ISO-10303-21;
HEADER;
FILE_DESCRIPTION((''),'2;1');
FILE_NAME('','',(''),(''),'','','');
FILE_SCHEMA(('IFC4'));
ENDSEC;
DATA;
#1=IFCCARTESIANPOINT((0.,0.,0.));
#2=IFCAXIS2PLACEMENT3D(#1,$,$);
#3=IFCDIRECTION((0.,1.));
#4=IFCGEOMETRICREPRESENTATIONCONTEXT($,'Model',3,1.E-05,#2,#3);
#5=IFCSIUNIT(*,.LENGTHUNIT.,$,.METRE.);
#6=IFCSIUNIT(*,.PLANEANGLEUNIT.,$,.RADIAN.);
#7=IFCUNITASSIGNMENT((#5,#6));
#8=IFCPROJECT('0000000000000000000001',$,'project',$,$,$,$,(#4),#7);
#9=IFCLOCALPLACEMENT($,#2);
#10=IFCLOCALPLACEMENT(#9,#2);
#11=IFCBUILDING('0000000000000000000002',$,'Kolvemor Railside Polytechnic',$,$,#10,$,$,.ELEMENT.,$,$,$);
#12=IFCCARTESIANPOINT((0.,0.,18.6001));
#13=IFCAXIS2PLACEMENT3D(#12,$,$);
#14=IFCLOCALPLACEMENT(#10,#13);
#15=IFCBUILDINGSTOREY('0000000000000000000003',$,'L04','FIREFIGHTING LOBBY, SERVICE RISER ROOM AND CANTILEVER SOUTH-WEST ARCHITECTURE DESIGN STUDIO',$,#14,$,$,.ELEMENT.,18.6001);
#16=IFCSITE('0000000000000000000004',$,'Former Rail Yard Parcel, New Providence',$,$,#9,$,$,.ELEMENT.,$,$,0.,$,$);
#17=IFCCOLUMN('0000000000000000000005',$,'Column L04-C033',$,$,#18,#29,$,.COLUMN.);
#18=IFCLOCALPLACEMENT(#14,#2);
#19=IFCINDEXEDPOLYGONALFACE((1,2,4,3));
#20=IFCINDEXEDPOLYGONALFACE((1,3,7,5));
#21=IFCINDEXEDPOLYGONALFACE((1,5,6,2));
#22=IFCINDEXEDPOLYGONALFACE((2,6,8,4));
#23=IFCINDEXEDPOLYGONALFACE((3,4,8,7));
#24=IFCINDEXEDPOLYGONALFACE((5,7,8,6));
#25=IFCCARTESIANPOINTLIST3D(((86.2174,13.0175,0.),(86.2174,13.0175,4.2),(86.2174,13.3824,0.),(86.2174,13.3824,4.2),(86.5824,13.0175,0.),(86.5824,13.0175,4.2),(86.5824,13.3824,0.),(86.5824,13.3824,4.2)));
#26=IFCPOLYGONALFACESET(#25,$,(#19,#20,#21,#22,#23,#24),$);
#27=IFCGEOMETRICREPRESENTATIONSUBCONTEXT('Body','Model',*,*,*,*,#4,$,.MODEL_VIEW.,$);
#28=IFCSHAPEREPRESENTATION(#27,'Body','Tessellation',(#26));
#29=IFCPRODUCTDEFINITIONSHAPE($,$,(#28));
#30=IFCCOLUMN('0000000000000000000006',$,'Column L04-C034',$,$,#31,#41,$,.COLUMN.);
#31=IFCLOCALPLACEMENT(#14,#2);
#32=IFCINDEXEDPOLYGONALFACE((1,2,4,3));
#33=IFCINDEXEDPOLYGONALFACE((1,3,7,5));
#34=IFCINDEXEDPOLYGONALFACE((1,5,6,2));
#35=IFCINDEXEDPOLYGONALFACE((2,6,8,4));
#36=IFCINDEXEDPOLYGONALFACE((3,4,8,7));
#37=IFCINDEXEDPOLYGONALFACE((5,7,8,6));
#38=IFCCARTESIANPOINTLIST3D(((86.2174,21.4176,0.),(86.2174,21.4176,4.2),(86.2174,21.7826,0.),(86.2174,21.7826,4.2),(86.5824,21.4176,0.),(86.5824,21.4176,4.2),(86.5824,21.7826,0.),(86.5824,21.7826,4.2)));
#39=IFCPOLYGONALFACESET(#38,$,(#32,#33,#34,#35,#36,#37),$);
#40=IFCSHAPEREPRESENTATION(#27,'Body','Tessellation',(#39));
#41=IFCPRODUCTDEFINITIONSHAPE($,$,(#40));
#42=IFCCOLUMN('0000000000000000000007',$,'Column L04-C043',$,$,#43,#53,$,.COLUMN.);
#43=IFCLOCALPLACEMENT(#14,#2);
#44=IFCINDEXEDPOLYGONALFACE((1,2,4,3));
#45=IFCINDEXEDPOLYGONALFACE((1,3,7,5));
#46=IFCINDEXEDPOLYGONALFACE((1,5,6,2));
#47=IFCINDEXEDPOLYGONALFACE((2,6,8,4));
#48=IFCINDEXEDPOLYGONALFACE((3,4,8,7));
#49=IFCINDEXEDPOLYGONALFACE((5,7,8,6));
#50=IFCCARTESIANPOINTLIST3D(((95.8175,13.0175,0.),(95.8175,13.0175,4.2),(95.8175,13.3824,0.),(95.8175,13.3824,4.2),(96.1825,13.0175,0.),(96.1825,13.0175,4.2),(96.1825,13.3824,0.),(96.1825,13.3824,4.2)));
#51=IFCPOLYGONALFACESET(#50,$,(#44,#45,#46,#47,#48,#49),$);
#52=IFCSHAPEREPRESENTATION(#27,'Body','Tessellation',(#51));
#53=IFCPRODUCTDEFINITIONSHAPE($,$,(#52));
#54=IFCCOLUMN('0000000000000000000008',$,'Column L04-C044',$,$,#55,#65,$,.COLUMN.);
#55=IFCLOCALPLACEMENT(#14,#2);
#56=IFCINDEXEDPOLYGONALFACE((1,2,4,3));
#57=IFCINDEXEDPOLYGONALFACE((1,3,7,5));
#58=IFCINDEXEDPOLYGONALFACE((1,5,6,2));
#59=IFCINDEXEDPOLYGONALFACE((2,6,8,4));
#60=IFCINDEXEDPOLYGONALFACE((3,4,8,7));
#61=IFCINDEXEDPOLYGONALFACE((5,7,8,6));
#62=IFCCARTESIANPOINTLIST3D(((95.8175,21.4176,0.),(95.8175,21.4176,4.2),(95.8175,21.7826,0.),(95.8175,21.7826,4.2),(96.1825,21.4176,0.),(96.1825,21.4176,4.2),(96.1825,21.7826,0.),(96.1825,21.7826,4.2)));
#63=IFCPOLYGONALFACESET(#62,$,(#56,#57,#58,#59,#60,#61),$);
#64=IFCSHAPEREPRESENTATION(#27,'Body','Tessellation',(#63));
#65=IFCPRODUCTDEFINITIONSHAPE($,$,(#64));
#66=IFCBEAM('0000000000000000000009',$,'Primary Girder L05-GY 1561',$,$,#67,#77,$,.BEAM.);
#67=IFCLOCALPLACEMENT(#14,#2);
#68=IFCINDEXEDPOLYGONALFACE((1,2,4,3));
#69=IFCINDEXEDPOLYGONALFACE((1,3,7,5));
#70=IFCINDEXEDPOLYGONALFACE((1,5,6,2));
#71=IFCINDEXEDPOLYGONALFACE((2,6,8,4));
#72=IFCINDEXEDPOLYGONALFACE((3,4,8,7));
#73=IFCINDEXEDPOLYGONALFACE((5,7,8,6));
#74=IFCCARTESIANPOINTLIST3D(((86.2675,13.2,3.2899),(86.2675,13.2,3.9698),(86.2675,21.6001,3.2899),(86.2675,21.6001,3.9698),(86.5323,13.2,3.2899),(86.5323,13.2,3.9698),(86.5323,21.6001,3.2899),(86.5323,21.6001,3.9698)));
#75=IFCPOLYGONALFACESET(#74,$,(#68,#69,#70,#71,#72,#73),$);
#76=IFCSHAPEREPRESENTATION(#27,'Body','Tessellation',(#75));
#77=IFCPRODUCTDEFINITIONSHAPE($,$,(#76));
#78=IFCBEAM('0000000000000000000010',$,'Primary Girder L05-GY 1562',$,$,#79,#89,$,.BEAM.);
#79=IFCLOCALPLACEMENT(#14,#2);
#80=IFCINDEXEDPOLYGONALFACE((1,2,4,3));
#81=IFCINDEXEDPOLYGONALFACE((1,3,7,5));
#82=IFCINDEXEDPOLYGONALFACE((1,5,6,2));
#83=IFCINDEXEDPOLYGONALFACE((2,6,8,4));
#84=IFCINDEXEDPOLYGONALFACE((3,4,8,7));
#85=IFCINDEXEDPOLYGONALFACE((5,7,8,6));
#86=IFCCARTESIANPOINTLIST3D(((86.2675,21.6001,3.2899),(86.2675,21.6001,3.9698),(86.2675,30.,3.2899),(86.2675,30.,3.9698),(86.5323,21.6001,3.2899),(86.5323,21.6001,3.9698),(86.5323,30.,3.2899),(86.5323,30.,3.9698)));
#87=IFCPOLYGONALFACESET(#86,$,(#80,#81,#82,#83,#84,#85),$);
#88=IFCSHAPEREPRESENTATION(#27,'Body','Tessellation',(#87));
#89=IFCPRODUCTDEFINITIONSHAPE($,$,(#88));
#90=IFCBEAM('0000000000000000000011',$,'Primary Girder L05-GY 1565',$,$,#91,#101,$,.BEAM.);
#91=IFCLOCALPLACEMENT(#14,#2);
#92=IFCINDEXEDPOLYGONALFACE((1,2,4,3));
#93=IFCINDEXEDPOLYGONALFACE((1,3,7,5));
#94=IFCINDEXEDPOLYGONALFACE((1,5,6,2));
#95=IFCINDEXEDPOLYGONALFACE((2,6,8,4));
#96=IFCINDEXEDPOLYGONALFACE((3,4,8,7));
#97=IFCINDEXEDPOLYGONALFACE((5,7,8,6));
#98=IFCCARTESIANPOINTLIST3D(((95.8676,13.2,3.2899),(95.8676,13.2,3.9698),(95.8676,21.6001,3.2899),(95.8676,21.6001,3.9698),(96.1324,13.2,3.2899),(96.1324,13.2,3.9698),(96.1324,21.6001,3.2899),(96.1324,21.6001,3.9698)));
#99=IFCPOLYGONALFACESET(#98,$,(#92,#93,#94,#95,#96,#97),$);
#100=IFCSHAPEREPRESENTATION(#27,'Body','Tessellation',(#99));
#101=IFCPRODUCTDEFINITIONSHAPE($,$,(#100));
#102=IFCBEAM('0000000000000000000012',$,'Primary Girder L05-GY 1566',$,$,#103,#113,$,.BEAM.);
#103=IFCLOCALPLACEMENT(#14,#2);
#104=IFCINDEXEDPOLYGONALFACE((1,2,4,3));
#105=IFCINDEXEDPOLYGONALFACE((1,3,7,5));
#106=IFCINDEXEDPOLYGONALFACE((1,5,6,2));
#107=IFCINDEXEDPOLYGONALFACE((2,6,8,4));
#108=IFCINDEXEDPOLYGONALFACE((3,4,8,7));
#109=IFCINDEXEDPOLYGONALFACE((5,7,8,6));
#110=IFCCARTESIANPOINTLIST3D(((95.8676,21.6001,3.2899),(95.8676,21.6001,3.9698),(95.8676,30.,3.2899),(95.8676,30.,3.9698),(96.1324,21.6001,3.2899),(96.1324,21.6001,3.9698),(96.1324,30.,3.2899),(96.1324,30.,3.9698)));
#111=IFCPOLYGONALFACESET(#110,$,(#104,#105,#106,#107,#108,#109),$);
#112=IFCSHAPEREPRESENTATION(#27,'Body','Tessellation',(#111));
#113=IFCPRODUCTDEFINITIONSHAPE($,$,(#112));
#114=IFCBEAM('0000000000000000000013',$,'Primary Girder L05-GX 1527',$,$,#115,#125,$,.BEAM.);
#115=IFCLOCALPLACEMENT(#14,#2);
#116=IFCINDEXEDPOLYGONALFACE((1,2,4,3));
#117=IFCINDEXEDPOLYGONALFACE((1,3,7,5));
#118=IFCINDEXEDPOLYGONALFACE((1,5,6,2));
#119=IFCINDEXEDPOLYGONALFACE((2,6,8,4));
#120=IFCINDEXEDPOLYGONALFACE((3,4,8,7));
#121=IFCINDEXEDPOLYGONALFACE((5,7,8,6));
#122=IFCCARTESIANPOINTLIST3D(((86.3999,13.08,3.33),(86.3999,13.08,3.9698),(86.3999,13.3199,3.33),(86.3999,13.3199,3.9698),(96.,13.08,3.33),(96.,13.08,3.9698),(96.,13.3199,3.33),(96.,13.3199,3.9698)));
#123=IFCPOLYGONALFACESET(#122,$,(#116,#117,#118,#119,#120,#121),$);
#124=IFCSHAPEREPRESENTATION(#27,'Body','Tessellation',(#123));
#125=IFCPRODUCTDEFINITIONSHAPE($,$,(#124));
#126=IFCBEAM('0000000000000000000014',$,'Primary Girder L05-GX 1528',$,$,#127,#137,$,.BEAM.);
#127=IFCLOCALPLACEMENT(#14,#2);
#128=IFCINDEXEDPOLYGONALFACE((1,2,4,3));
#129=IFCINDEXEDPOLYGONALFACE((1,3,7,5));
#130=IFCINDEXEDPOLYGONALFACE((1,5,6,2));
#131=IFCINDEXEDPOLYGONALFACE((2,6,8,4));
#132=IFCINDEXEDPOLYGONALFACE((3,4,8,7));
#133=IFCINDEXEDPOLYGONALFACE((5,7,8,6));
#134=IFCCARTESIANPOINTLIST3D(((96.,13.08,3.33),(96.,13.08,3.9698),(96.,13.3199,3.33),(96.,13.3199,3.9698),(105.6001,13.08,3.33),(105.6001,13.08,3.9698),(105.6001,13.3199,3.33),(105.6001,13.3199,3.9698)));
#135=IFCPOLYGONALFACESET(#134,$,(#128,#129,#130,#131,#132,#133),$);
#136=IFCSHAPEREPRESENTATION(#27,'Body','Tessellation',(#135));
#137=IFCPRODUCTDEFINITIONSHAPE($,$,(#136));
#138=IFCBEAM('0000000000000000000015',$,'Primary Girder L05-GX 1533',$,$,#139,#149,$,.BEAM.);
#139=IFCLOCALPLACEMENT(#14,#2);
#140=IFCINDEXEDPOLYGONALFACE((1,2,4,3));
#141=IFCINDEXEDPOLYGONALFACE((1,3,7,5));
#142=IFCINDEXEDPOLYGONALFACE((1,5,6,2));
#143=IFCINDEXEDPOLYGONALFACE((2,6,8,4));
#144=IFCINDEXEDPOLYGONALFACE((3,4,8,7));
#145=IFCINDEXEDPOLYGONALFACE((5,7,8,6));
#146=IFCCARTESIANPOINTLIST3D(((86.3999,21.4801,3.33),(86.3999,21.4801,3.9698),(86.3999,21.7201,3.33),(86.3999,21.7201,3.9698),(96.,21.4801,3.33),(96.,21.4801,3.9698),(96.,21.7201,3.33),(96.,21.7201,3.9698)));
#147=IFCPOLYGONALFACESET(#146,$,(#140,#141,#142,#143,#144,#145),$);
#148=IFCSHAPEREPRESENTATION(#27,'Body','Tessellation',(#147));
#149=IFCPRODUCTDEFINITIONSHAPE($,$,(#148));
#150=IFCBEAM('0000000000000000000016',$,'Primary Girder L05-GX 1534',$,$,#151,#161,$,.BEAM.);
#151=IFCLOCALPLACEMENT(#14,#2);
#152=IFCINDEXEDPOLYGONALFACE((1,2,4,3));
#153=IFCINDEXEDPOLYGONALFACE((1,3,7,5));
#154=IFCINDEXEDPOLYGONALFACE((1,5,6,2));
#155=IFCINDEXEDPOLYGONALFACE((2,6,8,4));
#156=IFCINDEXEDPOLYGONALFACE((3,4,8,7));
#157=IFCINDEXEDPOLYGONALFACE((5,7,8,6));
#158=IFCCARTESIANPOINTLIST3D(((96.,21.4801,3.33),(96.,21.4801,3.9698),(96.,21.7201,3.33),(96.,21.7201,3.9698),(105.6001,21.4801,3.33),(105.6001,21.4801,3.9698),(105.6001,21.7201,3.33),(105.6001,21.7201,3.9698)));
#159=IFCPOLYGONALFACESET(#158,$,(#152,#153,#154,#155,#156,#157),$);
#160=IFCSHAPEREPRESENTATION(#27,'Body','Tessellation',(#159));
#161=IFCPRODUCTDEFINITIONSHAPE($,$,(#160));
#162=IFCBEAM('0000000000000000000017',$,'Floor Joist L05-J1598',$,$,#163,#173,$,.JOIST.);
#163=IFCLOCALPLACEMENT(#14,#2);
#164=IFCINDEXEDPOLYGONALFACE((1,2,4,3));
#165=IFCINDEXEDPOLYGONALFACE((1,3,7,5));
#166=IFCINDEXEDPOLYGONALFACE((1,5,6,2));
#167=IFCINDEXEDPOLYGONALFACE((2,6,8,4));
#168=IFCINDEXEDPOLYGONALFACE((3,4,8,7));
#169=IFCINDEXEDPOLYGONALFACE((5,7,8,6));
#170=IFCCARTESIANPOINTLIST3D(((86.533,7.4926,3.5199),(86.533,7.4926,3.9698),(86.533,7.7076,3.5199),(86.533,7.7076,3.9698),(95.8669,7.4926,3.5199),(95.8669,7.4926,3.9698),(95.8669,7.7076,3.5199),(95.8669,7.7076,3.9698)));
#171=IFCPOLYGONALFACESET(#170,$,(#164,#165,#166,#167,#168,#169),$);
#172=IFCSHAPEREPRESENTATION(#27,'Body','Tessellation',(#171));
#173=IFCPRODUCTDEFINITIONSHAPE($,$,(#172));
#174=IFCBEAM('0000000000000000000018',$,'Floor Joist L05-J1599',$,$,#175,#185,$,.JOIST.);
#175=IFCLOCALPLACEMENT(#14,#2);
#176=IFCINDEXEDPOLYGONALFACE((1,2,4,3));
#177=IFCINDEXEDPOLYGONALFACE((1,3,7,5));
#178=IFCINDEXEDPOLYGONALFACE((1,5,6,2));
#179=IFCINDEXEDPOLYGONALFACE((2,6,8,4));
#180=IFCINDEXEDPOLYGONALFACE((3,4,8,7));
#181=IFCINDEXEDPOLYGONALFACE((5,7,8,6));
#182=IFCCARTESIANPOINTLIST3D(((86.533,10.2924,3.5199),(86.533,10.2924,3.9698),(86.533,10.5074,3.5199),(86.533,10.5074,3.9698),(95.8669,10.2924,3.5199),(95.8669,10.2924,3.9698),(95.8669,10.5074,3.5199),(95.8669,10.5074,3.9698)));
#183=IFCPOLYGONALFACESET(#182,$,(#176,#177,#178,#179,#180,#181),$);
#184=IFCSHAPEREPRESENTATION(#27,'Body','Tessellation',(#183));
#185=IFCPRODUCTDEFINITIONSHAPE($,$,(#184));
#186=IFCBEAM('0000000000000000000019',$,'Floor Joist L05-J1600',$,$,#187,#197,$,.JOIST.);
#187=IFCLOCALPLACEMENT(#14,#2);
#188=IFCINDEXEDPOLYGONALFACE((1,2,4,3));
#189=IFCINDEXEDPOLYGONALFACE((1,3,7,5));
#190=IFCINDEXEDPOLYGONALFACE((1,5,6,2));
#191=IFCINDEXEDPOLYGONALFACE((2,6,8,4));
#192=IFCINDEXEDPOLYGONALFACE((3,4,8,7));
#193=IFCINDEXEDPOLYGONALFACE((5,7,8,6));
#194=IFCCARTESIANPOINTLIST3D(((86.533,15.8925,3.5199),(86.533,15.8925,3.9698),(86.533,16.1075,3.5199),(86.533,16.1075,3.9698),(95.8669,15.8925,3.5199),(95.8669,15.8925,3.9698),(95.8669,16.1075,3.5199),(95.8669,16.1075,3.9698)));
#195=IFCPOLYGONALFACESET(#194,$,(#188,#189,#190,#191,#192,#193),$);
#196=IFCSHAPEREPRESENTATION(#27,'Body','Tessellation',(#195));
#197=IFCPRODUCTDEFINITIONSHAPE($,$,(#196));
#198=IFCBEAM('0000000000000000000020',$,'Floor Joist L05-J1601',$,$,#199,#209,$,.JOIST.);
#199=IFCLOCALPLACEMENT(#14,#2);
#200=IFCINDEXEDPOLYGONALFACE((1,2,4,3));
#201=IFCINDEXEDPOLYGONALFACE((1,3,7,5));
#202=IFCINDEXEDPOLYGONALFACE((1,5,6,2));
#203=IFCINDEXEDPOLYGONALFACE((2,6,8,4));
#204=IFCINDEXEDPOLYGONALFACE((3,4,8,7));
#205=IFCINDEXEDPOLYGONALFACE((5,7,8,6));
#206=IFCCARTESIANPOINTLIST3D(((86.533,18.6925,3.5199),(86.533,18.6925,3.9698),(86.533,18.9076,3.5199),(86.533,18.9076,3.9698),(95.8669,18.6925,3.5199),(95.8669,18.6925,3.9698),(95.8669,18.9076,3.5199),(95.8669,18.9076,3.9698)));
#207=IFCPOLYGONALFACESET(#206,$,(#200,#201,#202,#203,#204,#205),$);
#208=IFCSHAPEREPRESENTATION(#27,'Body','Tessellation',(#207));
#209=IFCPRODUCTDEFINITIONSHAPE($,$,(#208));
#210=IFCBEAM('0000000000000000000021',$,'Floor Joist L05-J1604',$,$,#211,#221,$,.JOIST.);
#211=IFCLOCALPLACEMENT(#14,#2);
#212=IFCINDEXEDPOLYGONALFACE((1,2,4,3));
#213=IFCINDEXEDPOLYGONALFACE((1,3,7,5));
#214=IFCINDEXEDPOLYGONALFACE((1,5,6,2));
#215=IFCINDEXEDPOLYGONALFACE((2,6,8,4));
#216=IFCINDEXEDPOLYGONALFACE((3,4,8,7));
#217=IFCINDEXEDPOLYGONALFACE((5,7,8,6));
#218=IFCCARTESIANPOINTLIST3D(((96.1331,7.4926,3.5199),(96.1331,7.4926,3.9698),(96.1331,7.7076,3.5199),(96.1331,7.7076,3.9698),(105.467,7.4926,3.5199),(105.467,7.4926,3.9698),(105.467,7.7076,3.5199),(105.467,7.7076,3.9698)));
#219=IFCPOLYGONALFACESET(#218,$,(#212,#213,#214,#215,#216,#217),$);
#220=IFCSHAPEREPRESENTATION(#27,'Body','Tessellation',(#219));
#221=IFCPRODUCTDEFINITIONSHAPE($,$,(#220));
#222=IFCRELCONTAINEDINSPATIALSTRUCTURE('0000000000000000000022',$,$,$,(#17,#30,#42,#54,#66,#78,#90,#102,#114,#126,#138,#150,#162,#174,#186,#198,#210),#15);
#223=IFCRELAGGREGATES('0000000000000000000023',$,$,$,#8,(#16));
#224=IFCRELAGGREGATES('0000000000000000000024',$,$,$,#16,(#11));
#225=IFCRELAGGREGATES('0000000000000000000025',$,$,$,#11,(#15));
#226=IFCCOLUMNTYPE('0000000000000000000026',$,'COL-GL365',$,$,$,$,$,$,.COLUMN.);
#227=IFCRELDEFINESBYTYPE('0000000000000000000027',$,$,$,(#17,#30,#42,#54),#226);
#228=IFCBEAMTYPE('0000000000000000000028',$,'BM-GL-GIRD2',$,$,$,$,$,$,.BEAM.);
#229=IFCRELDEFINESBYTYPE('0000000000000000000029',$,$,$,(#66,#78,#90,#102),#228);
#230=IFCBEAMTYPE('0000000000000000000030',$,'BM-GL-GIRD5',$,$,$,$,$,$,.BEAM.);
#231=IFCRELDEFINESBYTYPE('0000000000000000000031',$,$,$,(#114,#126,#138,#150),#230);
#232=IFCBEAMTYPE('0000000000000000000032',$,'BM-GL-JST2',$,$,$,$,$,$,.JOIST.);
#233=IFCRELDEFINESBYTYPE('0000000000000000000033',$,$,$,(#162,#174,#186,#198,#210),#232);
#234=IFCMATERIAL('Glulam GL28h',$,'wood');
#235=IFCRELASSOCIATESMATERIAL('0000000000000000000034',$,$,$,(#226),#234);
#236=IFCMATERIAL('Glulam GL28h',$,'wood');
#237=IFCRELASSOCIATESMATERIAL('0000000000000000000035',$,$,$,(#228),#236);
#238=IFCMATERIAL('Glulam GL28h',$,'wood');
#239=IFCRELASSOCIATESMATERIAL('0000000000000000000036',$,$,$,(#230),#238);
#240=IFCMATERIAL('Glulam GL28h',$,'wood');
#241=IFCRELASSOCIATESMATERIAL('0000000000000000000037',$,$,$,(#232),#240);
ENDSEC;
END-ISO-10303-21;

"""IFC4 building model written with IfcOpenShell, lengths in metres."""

from ifc_helpers import new_model, si_unit, direction, frame, origin, origin_2d, place, context, subcontext, project, spatial, rectangle, extrude, material, material_profile, profile_set, type_object, element, save


model = new_model("IFC4")

# Units and contexts
model_context = context("Model", 3, precision=1e-05, world=origin(), true_north=direction((0.0, 1.0)))
body_context = subcontext(model_context, "Body", "Model", "MODEL_VIEW")
ifc_project = project(units=[si_unit("LENGTHUNIT", "METRE"), si_unit("PLANEANGLEUNIT", "RADIAN")], contexts=[model_context])

# Site, building, storey
site_placement = place(None, origin())
site = spatial("IfcSite", under=ifc_project, at=site_placement, Name="Former Rail Yard Parcel, New Providence", CompositionType="ELEMENT", RefElevation=0.0)
building_placement = place(site_placement, origin())
building = spatial("IfcBuilding", under=site, at=building_placement, Name="Kolvemor Railside Polytechnic", CompositionType="ELEMENT")
storey_placement = place(building_placement, frame((0.0, 0.0, 18.6001)))
storey = spatial("IfcBuildingStorey", under=building, at=storey_placement, Name="L04", Description="FIREFIGHTING LOBBY, SERVICE RISER ROOM AND CANTILEVER SOUTH-WEST ARCHITECTURE DESIGN STUDIO", CompositionType="ELEMENT", Elevation=18.6001)

# Columns
ifc_material_1 = material(Name="Glulam GL28h", Category="wood")
ifc_material_profile_1 = material_profile(ifc_material_1, rectangle(XDim=0.365, YDim=0.365, at=origin_2d()), Name="GL365x365")
ifc_profile_set_1 = profile_set([ifc_material_profile_1], Name="Glulam GL28h")
column_type = type_object("IfcColumnType", Name="COL-GL365", PredefinedType="COLUMN", material=ifc_profile_set_1)
for number, where, z_axis, x_axis, name in (
    (1, (86.3999, 13.2, 0.0), (0.0, 0.0, 1.0), (1.0, 0.0, 0.0), "Column L04-C033"),
    (2, (86.3999, 21.6001, 0.0), (0.0, 0.0, 1.0), (1.0, 0.0, 0.0), "Column L04-C034"),
    (3, (96.0, 13.2, 0.0), (0.0, 0.0, 1.0), (1.0, 0.0, 0.0), "Column L04-C043"),
    (4, (96.0, 21.6001, 0.0), (0.0, 0.0, 1.0), (1.0, 0.0, 0.0), "Column L04-C044"),
):
    element("IfcColumn", number, at=place(storey_placement, frame(where, z_axis=z_axis, x_axis=x_axis)), inside=storey, type_object=column_type, Name=name, PredefinedType="COLUMN", context=body_context, shape_type="SweptSolid", body=[
        extrude(rectangle(XDim=0.365, YDim=0.365, at=origin_2d()), origin(), (0.0, 0.0, 1.0), 4.2),
    ])

# Beams
ifc_material_2 = material(Name="Glulam GL28h", Category="wood")
ifc_material_profile_2 = material_profile(ifc_material_2, rectangle(XDim=0.2649, YDim=0.6799, at=origin_2d()), Name="GL265x680")
ifc_profile_set_2 = profile_set([ifc_material_profile_2], Name="Glulam GL28h")
beam_type_1 = type_object("IfcBeamType", Name="BM-GL-GIRD2", PredefinedType="BEAM", material=ifc_profile_set_2)
beam_1_placement = place(storey_placement, frame((86.3999, 13.2, 3.6299), z_axis=(0.0, 1.0, 0.0), x_axis=(-1.0, 0.0, 0.0)))
element("IfcBeam", 5, at=beam_1_placement, inside=storey, type_object=beam_type_1, Name="Primary Girder L05-GY 1561", PredefinedType="BEAM", context=body_context, shape_type="SweptSolid", body=[
    extrude(rectangle(XDim=0.2649, YDim=0.6799, at=origin_2d()), origin(), (0.0, 0.0, 1.0), 8.4001),
])
beam_2_placement = place(storey_placement, frame((86.3999, 21.6001, 3.6299), z_axis=(0.0, 1.0, 0.0), x_axis=(-1.0, 0.0, 0.0)))
element("IfcBeam", 6, at=beam_2_placement, inside=storey, type_object=beam_type_1, Name="Primary Girder L05-GY 1562", PredefinedType="BEAM", context=body_context, shape_type="SweptSolid", body=[
    extrude(rectangle(XDim=0.2649, YDim=0.6799, at=origin_2d()), origin(), (0.0, 0.0, 1.0), 8.3999),
])
beam_3_placement = place(storey_placement, frame((96.0, 13.2, 3.6299), z_axis=(0.0, 1.0, 0.0), x_axis=(-1.0, 0.0, 0.0)))
element("IfcBeam", 7, at=beam_3_placement, inside=storey, type_object=beam_type_1, Name="Primary Girder L05-GY 1565", PredefinedType="BEAM", context=body_context, shape_type="SweptSolid", body=[
    extrude(rectangle(XDim=0.2649, YDim=0.6799, at=origin_2d()), origin(), (0.0, 0.0, 1.0), 8.4001),
])
beam_4_placement = place(storey_placement, frame((96.0, 21.6001, 3.6299), z_axis=(0.0, 1.0, 0.0), x_axis=(-1.0, 0.0, 0.0)))
element("IfcBeam", 8, at=beam_4_placement, inside=storey, type_object=beam_type_1, Name="Primary Girder L05-GY 1566", PredefinedType="BEAM", context=body_context, shape_type="SweptSolid", body=[
    extrude(rectangle(XDim=0.2649, YDim=0.6799, at=origin_2d()), origin(), (0.0, 0.0, 1.0), 8.3999),
])
ifc_material_3 = material(Name="Glulam GL28h", Category="wood")
ifc_material_profile_3 = material_profile(ifc_material_3, rectangle(XDim=0.24, YDim=0.6399, at=origin_2d()), Name="GL240x640")
ifc_profile_set_3 = profile_set([ifc_material_profile_3], Name="Glulam GL28h")
beam_type_2 = type_object("IfcBeamType", Name="BM-GL-GIRD5", PredefinedType="BEAM", material=ifc_profile_set_3)
for number, where, z_axis, x_axis, name in (
    (9, (86.3999, 13.2, 3.6499), (1.0, 0.0, 0.0), (0.0, 1.0, 0.0), "Primary Girder L05-GX 1527"),
    (10, (96.0, 13.2, 3.6499), (1.0, 0.0, 0.0), (0.0, 1.0, 0.0), "Primary Girder L05-GX 1528"),
    (11, (86.3999, 21.6001, 3.6499), (1.0, 0.0, 0.0), (0.0, 1.0, 0.0), "Primary Girder L05-GX 1533"),
    (12, (96.0, 21.6001, 3.6499), (1.0, 0.0, 0.0), (0.0, 1.0, 0.0), "Primary Girder L05-GX 1534"),
):
    element("IfcBeam", number, at=place(storey_placement, frame(where, z_axis=z_axis, x_axis=x_axis)), inside=storey, type_object=beam_type_2, Name=name, PredefinedType="BEAM", context=body_context, shape_type="SweptSolid", body=[
        extrude(rectangle(XDim=0.24, YDim=0.6399, at=origin_2d()), origin(), (0.0, 0.0, 1.0), 9.6001),
    ])
ifc_material_4 = material(Name="Glulam GL28h", Category="wood")
ifc_material_profile_4 = material_profile(ifc_material_4, rectangle(XDim=0.2151, YDim=0.45, at=origin_2d()), Name="GL215x450")
ifc_profile_set_4 = profile_set([ifc_material_profile_4], Name="Glulam GL28h")
beam_type_3 = type_object("IfcBeamType", Name="BM-GL-JST2", PredefinedType="JOIST", material=ifc_profile_set_4)
for number, where, z_axis, x_axis, name in (
    (13, (86.533, 7.6001, 3.7449), (1.0, 0.0, 0.0), (0.0, 1.0, 0.0), "Floor Joist L05-J1598"),
    (14, (86.533, 10.3999, 3.7449), (1.0, 0.0, 0.0), (0.0, 1.0, 0.0), "Floor Joist L05-J1599"),
    (15, (86.533, 16.0, 3.7449), (1.0, 0.0, 0.0), (0.0, 1.0, 0.0), "Floor Joist L05-J1600"),
    (16, (86.533, 18.8, 3.7449), (1.0, 0.0, 0.0), (0.0, 1.0, 0.0), "Floor Joist L05-J1601"),
    (17, (96.1331, 7.6001, 3.7449), (1.0, 0.0, 0.0), (0.0, 1.0, 0.0), "Floor Joist L05-J1604"),
):
    element("IfcBeam", number, at=place(storey_placement, frame(where, z_axis=z_axis, x_axis=x_axis)), inside=storey, type_object=beam_type_3, Name=name, PredefinedType="JOIST", context=body_context, shape_type="SweptSolid", body=[
        extrude(rectangle(XDim=0.2151, YDim=0.45, at=origin_2d()), origin(), (0.0, 0.0, 1.0), 9.334),
    ])

save(model, "model.ifc")
